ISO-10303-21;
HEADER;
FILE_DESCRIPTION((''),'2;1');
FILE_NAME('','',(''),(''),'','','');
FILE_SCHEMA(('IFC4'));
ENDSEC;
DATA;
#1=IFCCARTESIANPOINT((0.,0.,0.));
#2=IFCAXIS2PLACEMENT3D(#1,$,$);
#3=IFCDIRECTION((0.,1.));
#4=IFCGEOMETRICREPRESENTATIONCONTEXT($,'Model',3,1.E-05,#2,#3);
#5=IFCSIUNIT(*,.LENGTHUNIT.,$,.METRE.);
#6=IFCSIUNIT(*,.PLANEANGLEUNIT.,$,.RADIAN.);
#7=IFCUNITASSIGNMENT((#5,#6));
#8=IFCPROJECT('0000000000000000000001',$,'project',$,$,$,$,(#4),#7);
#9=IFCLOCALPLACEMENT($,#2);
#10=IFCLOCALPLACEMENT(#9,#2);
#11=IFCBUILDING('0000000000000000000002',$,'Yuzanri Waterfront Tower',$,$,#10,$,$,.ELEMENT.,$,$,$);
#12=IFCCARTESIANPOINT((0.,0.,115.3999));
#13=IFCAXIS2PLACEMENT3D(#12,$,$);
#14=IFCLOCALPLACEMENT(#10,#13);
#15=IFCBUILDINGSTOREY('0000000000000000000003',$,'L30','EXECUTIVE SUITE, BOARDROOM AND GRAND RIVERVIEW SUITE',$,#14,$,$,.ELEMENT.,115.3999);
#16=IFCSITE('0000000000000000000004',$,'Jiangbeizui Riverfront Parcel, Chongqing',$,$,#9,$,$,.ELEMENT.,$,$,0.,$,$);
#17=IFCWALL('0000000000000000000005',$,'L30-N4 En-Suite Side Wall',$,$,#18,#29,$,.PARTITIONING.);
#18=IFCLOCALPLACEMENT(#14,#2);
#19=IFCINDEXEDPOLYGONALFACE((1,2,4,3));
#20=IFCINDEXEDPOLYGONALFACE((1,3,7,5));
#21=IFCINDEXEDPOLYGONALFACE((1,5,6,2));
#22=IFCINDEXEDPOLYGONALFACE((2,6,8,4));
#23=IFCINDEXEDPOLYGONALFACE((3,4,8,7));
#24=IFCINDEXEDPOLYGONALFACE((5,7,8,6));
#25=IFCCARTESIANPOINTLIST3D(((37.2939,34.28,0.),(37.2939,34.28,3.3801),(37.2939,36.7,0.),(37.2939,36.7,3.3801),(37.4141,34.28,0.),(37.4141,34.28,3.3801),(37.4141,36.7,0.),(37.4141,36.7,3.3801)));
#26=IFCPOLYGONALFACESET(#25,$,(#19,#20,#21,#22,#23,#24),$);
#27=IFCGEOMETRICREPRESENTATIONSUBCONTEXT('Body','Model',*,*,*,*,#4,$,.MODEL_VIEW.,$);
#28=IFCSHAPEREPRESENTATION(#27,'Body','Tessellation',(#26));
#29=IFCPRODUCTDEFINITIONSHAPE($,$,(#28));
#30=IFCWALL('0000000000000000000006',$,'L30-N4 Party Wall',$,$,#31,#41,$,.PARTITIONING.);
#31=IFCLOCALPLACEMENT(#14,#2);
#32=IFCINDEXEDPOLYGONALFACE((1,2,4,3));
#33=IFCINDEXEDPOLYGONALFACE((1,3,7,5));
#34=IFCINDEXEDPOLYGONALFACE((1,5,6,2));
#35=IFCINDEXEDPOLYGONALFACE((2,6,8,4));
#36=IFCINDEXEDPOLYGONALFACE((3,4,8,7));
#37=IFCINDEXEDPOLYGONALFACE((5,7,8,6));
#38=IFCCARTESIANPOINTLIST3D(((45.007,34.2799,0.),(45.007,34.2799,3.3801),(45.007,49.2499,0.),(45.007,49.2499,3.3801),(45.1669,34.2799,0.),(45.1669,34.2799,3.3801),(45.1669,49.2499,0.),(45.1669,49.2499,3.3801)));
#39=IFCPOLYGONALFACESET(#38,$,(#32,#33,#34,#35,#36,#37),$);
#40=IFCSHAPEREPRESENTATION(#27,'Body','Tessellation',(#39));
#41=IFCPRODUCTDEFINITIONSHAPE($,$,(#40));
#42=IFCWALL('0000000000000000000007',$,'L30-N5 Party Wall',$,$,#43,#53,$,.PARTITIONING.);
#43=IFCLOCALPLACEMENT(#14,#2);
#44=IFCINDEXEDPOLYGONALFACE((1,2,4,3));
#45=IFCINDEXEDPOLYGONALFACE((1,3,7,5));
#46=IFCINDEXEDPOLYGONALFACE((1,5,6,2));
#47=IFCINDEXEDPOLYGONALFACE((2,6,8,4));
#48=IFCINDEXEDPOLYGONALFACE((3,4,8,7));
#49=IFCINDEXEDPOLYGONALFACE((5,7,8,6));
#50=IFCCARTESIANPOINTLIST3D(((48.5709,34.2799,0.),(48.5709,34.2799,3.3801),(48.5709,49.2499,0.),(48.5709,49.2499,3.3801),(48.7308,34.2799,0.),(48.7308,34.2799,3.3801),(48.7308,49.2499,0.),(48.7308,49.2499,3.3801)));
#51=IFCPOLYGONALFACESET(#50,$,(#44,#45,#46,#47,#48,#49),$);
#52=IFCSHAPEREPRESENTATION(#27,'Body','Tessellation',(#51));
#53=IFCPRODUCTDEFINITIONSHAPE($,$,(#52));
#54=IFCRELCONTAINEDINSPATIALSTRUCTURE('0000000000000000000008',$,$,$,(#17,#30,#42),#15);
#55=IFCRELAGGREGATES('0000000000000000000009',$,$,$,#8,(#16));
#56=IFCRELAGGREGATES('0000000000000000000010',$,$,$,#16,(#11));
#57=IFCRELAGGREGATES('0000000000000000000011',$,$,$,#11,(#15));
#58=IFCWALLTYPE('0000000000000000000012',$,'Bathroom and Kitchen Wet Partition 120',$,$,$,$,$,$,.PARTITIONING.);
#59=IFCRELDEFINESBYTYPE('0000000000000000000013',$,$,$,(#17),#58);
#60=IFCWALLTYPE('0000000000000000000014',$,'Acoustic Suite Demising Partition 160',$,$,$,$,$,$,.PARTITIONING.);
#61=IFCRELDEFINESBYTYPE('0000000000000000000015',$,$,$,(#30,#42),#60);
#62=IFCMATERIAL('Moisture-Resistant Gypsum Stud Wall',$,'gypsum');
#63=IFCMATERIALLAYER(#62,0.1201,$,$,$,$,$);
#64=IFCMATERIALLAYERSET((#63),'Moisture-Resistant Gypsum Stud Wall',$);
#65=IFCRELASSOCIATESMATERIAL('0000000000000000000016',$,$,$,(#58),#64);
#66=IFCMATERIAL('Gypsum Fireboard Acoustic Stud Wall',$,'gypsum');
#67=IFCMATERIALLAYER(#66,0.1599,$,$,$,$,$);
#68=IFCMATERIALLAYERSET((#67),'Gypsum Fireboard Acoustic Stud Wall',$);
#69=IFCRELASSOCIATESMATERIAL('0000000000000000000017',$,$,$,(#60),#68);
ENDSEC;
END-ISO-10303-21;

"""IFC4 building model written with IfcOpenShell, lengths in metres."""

from ifc_helpers import new_model, si_unit, direction, frame, frame_2d, origin, place, context, subcontext, project, spatial, rectangle, extrude, source, transform, mapped, material, layer, layer_set, type_object, element, save


model = new_model("IFC4")

# Units and contexts
model_context = context("Model", 3, precision=1e-05, world=origin(), true_north=direction((0.0, 1.0)))
body_context = subcontext(model_context, "Body", "Model", "MODEL_VIEW")
ifc_project = project(units=[si_unit("LENGTHUNIT", "METRE"), si_unit("PLANEANGLEUNIT", "RADIAN")], contexts=[model_context])

# Site, building, storey
site_placement = place(None, origin())
site = spatial("IfcSite", under=ifc_project, at=site_placement, Name="Jiangbeizui Riverfront Parcel, Chongqing", CompositionType="ELEMENT", RefElevation=0.0)
building_placement = place(site_placement, origin())
building = spatial("IfcBuilding", under=site, at=building_placement, Name="Yuzanri Waterfront Tower", CompositionType="ELEMENT")
storey_placement = place(building_placement, frame((0.0, 0.0, 115.3999)))
storey = spatial("IfcBuildingStorey", under=building, at=storey_placement, Name="L30", Description="EXECUTIVE SUITE, BOARDROOM AND GRAND RIVERVIEW SUITE", CompositionType="ELEMENT", Elevation=115.3999)

# Walls
ifc_material_1 = material(Name="Moisture-Resistant Gypsum Stud Wall", Category="gypsum")
ifc_layer_1 = layer(ifc_material_1, 0.1201)
ifc_layer_set_1 = layer_set([ifc_layer_1], Name="Moisture-Resistant Gypsum Stud Wall")
wall_type_1 = type_object("IfcWallType", Name="Bathroom and Kitchen Wet Partition 120", PredefinedType="PARTITIONING", material=ifc_layer_set_1)
shared_shape_1 = source(origin(), body_context, "Body", "SweptSolid", [
    extrude(rectangle(XDim=2.4199, YDim=0.1201, at=frame_2d((1.21, 0.0))), origin(), (0.0, 0.0, 1.0), 3.3801),
])
wall_1_placement = place(storey_placement, frame((37.354, 34.28, 0.0), z_axis=(0.0, 0.0, 1.0), x_axis=(0.0, 1.0, 0.0)))
element("IfcWall", 1, at=wall_1_placement, inside=storey, type_object=wall_type_1, Name="L30-N4 En-Suite Side Wall", PredefinedType="PARTITIONING", context=body_context, shape_type="MappedRepresentation", body=[
    mapped(shared_shape_1, transform((0.0, 0.0, 0.0), scale=1.0)),
])
ifc_material_2 = material(Name="Gypsum Fireboard Acoustic Stud Wall", Category="gypsum")
ifc_layer_2 = layer(ifc_material_2, 0.1599)
ifc_layer_set_2 = layer_set([ifc_layer_2], Name="Gypsum Fireboard Acoustic Stud Wall")
wall_type_2 = type_object("IfcWallType", Name="Acoustic Suite Demising Partition 160", PredefinedType="PARTITIONING", material=ifc_layer_set_2)
shared_shape_2 = source(origin(), body_context, "Body", "SweptSolid", [
    extrude(rectangle(XDim=14.97, YDim=0.1599, at=frame_2d((7.4849, 0.0))), origin(), (0.0, 0.0, 1.0), 3.3801),
])
for number, where, z_axis, x_axis, name in (
    (2, (45.0869, 34.28, 0.0), (0.0, 0.0, 1.0), (0.0, 1.0, 0.0), "L30-N4 Party Wall"),
    (3, (48.6509, 34.28, 0.0), (0.0, 0.0, 1.0), (0.0, 1.0, 0.0), "L30-N5 Party Wall"),
):
    element("IfcWall", number, at=place(storey_placement, frame(where, z_axis=z_axis, x_axis=x_axis)), inside=storey, type_object=wall_type_2, Name=name, PredefinedType="PARTITIONING", context=body_context, shape_type="MappedRepresentation", body=[
        mapped(shared_shape_2, transform((0.0, 0.0, 0.0), scale=1.0)),
    ])

save(model, "model.ifc")
